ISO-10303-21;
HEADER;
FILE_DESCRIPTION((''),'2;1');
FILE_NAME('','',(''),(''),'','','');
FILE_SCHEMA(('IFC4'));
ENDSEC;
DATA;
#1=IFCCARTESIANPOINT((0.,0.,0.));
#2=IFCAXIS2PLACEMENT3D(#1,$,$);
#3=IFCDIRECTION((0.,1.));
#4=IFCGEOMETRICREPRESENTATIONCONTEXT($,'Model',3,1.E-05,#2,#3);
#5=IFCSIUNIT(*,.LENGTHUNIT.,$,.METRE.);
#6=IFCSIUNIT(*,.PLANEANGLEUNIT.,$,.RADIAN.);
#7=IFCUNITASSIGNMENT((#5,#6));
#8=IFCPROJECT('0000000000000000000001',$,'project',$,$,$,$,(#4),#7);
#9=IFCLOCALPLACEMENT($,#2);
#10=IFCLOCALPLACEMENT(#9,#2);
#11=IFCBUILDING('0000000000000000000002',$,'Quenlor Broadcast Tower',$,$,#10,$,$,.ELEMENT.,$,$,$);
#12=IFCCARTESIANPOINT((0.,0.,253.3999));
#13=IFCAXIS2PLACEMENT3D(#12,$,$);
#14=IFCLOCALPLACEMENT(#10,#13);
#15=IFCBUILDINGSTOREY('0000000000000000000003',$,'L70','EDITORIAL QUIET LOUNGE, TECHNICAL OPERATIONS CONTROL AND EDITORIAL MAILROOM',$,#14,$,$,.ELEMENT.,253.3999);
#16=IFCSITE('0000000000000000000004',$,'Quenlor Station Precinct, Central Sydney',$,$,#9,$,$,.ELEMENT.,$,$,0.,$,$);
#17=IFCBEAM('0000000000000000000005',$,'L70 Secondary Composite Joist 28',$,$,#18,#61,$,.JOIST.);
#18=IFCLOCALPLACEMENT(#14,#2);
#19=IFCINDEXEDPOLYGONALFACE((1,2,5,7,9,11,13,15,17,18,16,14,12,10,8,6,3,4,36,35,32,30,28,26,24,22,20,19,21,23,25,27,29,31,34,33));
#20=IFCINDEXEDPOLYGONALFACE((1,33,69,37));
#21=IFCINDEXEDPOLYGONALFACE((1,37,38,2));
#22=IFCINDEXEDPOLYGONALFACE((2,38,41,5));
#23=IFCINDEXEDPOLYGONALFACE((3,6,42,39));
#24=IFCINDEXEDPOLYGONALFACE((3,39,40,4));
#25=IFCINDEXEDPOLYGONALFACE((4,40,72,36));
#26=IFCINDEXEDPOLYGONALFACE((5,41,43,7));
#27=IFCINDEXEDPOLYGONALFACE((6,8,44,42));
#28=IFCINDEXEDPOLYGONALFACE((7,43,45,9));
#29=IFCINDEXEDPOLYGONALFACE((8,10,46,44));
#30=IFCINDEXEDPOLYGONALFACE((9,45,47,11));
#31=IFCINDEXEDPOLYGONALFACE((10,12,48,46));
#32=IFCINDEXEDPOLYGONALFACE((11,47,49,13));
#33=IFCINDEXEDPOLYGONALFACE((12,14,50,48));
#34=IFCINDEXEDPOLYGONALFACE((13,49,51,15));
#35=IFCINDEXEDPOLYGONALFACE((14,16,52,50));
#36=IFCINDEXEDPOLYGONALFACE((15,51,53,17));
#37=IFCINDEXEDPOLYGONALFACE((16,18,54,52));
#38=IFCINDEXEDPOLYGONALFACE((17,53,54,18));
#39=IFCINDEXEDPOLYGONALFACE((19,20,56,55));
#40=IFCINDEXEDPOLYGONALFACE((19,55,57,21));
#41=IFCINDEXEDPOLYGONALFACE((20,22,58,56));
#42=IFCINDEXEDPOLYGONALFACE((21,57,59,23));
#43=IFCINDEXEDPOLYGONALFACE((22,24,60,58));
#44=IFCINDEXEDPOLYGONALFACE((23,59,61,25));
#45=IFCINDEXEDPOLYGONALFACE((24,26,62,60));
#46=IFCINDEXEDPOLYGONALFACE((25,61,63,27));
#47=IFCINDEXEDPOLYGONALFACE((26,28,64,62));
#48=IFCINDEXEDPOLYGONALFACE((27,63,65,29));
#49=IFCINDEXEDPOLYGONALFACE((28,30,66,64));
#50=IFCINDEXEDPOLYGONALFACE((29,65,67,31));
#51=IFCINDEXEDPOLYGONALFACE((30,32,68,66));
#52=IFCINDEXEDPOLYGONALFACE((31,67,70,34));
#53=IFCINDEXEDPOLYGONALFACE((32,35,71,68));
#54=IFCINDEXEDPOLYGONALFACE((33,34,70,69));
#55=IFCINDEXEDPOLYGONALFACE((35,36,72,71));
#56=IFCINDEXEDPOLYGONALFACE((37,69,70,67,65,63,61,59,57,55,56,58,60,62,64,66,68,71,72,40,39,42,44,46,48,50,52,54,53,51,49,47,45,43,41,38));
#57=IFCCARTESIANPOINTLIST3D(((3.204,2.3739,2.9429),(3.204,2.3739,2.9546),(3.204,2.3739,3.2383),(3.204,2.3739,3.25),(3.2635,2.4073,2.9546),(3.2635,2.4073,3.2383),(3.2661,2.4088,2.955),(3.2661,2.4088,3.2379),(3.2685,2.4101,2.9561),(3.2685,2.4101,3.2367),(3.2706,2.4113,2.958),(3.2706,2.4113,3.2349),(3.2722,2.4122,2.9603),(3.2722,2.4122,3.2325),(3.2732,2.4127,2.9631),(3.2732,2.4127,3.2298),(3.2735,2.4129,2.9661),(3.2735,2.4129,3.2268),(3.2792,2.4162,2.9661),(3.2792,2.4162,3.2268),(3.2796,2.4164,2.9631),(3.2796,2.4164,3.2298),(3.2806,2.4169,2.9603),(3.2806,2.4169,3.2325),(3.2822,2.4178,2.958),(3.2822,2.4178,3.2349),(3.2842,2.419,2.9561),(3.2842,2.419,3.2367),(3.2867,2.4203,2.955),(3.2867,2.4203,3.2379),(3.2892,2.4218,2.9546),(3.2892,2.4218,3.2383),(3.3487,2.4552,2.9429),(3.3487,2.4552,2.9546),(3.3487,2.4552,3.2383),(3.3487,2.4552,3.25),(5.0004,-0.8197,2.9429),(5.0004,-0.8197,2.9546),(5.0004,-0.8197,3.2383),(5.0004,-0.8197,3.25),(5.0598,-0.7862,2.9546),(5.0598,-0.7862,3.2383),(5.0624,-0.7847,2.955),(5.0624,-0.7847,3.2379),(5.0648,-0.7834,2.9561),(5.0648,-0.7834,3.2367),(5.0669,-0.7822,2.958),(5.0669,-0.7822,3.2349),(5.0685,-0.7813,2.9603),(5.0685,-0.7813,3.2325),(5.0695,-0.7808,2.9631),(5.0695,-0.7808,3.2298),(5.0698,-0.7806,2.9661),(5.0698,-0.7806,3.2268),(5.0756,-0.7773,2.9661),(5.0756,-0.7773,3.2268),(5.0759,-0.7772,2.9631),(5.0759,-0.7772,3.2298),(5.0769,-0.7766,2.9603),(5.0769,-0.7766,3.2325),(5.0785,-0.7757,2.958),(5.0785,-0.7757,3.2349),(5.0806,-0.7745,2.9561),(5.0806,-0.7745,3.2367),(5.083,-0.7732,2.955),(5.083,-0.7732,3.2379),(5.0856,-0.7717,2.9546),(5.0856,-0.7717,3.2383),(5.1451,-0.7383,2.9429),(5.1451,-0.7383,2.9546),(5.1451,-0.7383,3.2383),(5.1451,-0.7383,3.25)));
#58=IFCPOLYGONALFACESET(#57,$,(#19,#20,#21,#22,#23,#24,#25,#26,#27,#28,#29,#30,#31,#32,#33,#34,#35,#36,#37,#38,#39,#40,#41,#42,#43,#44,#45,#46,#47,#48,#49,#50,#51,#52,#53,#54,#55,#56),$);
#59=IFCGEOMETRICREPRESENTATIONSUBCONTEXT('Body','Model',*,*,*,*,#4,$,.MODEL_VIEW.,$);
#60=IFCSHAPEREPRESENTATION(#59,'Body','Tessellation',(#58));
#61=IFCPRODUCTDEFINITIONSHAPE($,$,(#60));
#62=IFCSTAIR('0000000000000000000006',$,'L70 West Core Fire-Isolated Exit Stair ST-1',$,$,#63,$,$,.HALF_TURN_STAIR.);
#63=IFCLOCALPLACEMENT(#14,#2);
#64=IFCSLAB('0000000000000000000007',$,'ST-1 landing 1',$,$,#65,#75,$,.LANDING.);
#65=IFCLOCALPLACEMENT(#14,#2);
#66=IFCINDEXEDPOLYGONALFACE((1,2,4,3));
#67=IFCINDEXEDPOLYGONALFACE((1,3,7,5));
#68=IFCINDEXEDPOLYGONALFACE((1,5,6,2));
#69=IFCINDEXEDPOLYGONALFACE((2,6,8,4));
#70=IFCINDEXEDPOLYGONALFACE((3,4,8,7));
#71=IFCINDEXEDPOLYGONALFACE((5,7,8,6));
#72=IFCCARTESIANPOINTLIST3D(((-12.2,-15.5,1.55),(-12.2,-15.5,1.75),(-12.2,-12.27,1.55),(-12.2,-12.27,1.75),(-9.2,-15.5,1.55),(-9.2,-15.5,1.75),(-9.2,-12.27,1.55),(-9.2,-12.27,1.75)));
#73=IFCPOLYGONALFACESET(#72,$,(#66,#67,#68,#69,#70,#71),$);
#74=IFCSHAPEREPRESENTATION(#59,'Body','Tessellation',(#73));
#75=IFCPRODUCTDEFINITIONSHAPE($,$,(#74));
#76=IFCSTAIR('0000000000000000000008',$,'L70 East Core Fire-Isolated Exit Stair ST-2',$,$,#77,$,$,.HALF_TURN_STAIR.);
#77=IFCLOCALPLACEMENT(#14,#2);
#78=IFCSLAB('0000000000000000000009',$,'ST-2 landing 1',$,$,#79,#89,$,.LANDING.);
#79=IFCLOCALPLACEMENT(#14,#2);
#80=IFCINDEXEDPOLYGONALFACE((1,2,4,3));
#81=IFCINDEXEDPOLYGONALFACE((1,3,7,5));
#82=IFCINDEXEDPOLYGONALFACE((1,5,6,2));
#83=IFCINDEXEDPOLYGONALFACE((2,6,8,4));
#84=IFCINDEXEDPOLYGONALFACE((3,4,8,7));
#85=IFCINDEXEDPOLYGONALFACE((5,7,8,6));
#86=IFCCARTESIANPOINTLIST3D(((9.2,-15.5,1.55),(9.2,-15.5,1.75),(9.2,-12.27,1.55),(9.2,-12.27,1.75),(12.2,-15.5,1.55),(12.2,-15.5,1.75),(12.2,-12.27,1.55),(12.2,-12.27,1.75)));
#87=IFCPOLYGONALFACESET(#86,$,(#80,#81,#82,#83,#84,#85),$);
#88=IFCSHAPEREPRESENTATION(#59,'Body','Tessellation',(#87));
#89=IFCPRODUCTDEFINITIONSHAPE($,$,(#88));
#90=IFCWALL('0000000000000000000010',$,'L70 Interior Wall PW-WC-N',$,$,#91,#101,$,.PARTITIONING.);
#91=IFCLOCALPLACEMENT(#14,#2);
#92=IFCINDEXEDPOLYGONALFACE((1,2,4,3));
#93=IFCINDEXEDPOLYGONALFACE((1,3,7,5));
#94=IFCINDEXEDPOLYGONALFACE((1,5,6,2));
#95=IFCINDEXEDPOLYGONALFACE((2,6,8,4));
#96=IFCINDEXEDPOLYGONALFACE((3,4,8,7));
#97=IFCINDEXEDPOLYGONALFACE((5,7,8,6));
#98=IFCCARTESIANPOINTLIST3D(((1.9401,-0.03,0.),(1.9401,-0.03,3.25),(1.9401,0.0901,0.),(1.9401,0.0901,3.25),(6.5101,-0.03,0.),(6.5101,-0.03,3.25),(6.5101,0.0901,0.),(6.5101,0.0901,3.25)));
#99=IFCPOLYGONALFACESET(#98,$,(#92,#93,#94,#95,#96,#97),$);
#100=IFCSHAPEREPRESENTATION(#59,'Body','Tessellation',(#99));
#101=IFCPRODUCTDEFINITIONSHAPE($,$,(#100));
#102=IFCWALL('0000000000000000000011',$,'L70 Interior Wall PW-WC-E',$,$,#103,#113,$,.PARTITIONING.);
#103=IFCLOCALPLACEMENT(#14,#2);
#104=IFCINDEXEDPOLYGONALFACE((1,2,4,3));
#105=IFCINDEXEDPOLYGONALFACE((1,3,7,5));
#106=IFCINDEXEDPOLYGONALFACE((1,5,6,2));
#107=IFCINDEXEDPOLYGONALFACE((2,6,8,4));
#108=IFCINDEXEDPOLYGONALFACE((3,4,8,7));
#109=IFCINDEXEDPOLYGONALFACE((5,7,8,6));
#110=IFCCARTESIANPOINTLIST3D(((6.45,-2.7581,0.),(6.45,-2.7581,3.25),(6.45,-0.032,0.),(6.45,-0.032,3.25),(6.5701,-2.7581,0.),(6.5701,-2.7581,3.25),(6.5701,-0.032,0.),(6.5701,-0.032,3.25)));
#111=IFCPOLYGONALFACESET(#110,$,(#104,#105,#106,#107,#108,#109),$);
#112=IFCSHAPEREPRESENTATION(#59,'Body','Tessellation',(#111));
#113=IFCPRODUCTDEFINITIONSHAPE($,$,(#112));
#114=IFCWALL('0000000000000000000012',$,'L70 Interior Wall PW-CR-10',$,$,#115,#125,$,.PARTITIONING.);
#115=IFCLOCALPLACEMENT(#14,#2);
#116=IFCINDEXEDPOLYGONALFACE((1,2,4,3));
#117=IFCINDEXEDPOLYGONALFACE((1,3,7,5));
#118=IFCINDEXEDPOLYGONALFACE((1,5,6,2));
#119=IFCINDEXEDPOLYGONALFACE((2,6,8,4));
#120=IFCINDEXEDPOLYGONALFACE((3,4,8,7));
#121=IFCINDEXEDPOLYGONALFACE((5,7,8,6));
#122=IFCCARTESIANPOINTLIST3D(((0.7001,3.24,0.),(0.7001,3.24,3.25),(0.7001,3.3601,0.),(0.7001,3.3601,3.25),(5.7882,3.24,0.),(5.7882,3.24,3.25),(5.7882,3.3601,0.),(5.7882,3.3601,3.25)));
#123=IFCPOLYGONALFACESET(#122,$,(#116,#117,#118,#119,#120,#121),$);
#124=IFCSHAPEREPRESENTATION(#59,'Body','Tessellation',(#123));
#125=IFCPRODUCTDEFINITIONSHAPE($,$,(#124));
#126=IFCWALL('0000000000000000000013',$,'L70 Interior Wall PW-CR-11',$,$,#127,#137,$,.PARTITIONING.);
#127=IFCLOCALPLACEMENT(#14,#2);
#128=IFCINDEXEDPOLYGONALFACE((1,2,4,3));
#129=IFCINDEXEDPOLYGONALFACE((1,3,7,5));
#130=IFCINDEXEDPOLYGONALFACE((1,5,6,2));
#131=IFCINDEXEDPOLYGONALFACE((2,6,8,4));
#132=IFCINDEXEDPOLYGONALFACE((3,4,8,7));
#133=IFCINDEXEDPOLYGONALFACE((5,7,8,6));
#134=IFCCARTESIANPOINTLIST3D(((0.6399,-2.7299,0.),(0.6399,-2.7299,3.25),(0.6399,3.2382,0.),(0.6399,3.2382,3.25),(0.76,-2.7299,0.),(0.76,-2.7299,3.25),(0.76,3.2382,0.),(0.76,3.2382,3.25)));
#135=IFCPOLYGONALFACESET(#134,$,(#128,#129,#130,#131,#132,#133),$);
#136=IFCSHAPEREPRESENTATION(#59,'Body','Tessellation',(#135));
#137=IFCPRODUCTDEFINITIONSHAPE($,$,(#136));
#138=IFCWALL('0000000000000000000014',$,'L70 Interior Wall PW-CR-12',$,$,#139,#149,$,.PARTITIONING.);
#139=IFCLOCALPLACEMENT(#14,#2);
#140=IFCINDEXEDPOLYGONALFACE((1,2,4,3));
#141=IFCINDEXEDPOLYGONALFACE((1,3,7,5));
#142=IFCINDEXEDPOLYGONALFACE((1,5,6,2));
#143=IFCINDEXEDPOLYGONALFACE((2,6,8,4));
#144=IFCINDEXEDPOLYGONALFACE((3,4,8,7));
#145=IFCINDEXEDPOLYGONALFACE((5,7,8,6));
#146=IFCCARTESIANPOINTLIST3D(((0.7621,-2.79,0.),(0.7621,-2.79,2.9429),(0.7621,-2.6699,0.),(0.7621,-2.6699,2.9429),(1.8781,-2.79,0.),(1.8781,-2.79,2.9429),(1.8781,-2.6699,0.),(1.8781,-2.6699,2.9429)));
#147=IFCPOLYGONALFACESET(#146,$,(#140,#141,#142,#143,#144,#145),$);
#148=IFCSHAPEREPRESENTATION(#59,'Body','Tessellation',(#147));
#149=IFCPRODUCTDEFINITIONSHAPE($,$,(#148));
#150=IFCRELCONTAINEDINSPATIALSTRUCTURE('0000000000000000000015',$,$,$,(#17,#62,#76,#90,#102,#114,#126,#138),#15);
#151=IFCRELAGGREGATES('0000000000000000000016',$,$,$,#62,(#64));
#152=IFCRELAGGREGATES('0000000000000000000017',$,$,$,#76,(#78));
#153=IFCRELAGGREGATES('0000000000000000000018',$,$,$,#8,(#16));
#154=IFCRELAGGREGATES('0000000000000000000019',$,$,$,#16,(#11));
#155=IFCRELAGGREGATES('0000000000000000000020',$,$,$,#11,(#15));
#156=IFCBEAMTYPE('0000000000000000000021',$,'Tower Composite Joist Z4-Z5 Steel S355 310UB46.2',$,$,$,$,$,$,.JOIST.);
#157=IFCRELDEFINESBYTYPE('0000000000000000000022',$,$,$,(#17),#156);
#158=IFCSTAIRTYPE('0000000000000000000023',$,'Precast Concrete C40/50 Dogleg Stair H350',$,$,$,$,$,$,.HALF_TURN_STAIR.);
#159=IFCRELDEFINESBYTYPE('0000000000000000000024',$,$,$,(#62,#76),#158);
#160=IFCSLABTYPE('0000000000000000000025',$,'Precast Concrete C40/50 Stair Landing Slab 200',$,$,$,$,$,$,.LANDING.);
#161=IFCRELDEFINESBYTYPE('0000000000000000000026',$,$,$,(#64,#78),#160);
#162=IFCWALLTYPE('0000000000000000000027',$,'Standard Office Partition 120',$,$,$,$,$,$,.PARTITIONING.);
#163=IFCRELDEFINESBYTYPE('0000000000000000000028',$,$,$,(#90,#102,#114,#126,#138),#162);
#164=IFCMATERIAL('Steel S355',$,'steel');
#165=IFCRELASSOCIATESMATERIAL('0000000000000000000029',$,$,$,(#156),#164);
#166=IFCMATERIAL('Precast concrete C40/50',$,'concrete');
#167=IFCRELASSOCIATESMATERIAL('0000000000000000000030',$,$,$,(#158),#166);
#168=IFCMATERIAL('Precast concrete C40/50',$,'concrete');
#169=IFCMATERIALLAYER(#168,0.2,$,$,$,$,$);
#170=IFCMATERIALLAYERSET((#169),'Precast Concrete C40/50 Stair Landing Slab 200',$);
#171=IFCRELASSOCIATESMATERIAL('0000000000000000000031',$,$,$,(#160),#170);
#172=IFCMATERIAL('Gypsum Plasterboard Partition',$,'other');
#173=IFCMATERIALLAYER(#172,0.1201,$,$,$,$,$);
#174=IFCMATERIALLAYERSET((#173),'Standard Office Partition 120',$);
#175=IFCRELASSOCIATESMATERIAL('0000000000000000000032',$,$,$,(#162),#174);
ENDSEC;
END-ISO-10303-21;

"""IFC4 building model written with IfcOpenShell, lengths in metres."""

from ifc_helpers import new_model, si_unit, direction, frame, frame_2d, origin, origin_2d, place, context, subcontext, project, spatial, polyline, rectangle, i_section, outline, extrude, material, layer, layer_set, material_profile, profile_set, type_object, element, aggregate, save


model = new_model("IFC4")

# Units and contexts
model_context = context("Model", 3, precision=1e-05, world=origin(), true_north=direction((0.0, 1.0)))
body_context = subcontext(model_context, "Body", "Model", "MODEL_VIEW")
ifc_project = project(units=[si_unit("LENGTHUNIT", "METRE"), si_unit("PLANEANGLEUNIT", "RADIAN")], contexts=[model_context])

# Site, building, storey
site_placement = place(None, origin())
site = spatial("IfcSite", under=ifc_project, at=site_placement, Name="Quenlor Station Precinct, Central Sydney", CompositionType="ELEMENT", RefElevation=0.0)
building_placement = place(site_placement, origin())
building = spatial("IfcBuilding", under=site, at=building_placement, Name="Quenlor Broadcast Tower", CompositionType="ELEMENT")
storey_placement = place(building_placement, frame((0.0, 0.0, 253.3999)))
storey = spatial("IfcBuildingStorey", under=building, at=storey_placement, Name="L70", Description="EDITORIAL QUIET LOUNGE, TECHNICAL OPERATIONS CONTROL AND EDITORIAL MAILROOM", CompositionType="ELEMENT", Elevation=253.3999)

# Beam
ifc_material_1 = material(Name="Steel S355", Category="steel")
ifc_material_profile = material_profile(ifc_material_1, i_section(OverallWidth=0.166, OverallDepth=0.3071, WebThickness=0.0066, FlangeThickness=0.0117, FilletRadius=0.0115, at=origin_2d()))
ifc_profile_set = profile_set([ifc_material_profile], Name="Steel S355 310UB46.2")
beam_type = type_object("IfcBeamType", Name="Tower Composite Joist Z4-Z5 Steel S355 310UB46.2", PredefinedType="JOIST", material=ifc_profile_set)
beam_placement = place(storey_placement, frame((3.2764, 2.4146, 3.0964), z_axis=(0.490258, -0.871577, 0.0), x_axis=(0.871577, 0.490258, 0.0)))
element("IfcBeam", 1, at=beam_placement, inside=storey, type_object=beam_type, Name="L70 Secondary Composite Joist 28", PredefinedType="JOIST", context=body_context, shape_type="SweptSolid", body=[
    extrude(i_section(OverallWidth=0.166, OverallDepth=0.3071, WebThickness=0.0066, FlangeThickness=0.0117, FilletRadius=0.0115, at=origin_2d()), origin(), (0.0, 0.0, 1.0), 3.6641),
])

# Stairs, slabs
ifc_material_2 = material(Name="Precast concrete C40/50", Category="concrete")
stair_type = type_object("IfcStairType", Name="Precast Concrete C40/50 Dogleg Stair H350", PredefinedType="HALF_TURN_STAIR", material=ifc_material_2)
stair_1_placement = place(storey_placement, origin())
stair_1 = element("IfcStair", 2, at=stair_1_placement, inside=storey, type_object=stair_type, Name="L70 West Core Fire-Isolated Exit Stair ST-1", PredefinedType="HALF_TURN_STAIR")
ifc_material_3 = material(Name="Precast concrete C40/50", Category="concrete")
ifc_layer_1 = layer(ifc_material_3, 0.2)
ifc_layer_set_1 = layer_set([ifc_layer_1], Name="Precast Concrete C40/50 Stair Landing Slab 200")
slab_type = type_object("IfcSlabType", Name="Precast Concrete C40/50 Stair Landing Slab 200", PredefinedType="LANDING", material=ifc_layer_set_1)
slab_1_placement = place(storey_placement, frame((0.0, 0.0, 1.55)))
slab_1 = element("IfcSlab", 3, at=slab_1_placement, type_object=slab_type, Name="ST-1 landing 1", PredefinedType="LANDING", context=body_context, shape_type="SweptSolid", body=[
    extrude(outline(polyline([(-12.2, -12.27), (-12.2, -15.5), (-9.2, -15.5), (-9.2, -12.27), (-12.2, -12.27)])), origin(), (0.0, 0.0, 1.0), 0.2),
])
aggregate(stair_1, [slab_1])
stair_2_placement = place(storey_placement, origin())
stair_2 = element("IfcStair", 4, at=stair_2_placement, inside=storey, type_object=stair_type, Name="L70 East Core Fire-Isolated Exit Stair ST-2", PredefinedType="HALF_TURN_STAIR")
slab_2_placement = place(storey_placement, frame((0.0, 0.0, 1.55)))
slab_2 = element("IfcSlab", 5, at=slab_2_placement, type_object=slab_type, Name="ST-2 landing 1", PredefinedType="LANDING", context=body_context, shape_type="SweptSolid", body=[
    extrude(outline(polyline([(9.2, -12.27), (9.2, -15.5), (12.2, -15.5), (12.2, -12.27), (9.2, -12.27)])), origin(), (0.0, 0.0, 1.0), 0.2),
])
aggregate(stair_2, [slab_2])

# Walls
ifc_material_4 = material(Name="Gypsum Plasterboard Partition", Category="other")
ifc_layer_2 = layer(ifc_material_4, 0.1201)
ifc_layer_set_2 = layer_set([ifc_layer_2], Name="Standard Office Partition 120")
wall_type = type_object("IfcWallType", Name="Standard Office Partition 120", PredefinedType="PARTITIONING", material=ifc_layer_set_2)
wall_1_placement = place(storey_placement, frame((1.9399, 0.03, 0.0), z_axis=(0.0, 0.0, 1.0), x_axis=(1.0, 0.0, 0.0)))
element("IfcWall", 6, at=wall_1_placement, inside=storey, type_object=wall_type, Name="L70 Interior Wall PW-WC-N", PredefinedType="PARTITIONING", context=body_context, shape_type="SweptSolid", body=[
    extrude(rectangle(XDim=4.5701, YDim=0.1201, at=frame_2d((2.2852, 0.0))), origin(), (0.0, 0.0, 1.0), 3.25),
])
wall_2_placement = place(storey_placement, frame((6.51, -2.7581, 0.0), z_axis=(0.0, 0.0, 1.0), x_axis=(0.0, 1.0, 0.0)))
element("IfcWall", 7, at=wall_2_placement, inside=storey, type_object=wall_type, Name="L70 Interior Wall PW-WC-E", PredefinedType="PARTITIONING", context=body_context, shape_type="SweptSolid", body=[
    extrude(rectangle(XDim=2.7261, YDim=0.1201, at=frame_2d((1.363, 0.0))), origin(), (0.0, 0.0, 1.0), 3.25),
])
wall_3_placement = place(storey_placement, frame((5.7881, 3.3, 0.0), z_axis=(0.0, 0.0, 1.0), x_axis=(-1.0, 0.0, 0.0)))
element("IfcWall", 8, at=wall_3_placement, inside=storey, type_object=wall_type, Name="L70 Interior Wall PW-CR-10", PredefinedType="PARTITIONING", context=body_context, shape_type="SweptSolid", body=[
    extrude(rectangle(XDim=5.0881, YDim=0.1201, at=frame_2d((2.5439, 0.0))), origin(), (0.0, 0.0, 1.0), 3.25),
])
wall_4_placement = place(storey_placement, frame((0.7, 3.238, 0.0), z_axis=(0.0, 0.0, 1.0), x_axis=(0.0, -1.0, 0.0)))
element("IfcWall", 9, at=wall_4_placement, inside=storey, type_object=wall_type, Name="L70 Interior Wall PW-CR-11", PredefinedType="PARTITIONING", context=body_context, shape_type="SweptSolid", body=[
    extrude(rectangle(XDim=5.968, YDim=0.1201, at=frame_2d((2.9839, 0.0))), origin(), (0.0, 0.0, 1.0), 3.25),
])
wall_5_placement = place(storey_placement, frame((0.762, -2.73, 0.0), z_axis=(0.0, 0.0, 1.0), x_axis=(1.0, 0.0, 0.0)))
element("IfcWall", 10, at=wall_5_placement, inside=storey, type_object=wall_type, Name="L70 Interior Wall PW-CR-12", PredefinedType="PARTITIONING", context=body_context, shape_type="SweptSolid", body=[
    extrude(rectangle(XDim=1.116, YDim=0.1201, at=frame_2d((0.5581, 0.0))), origin(), (0.0, 0.0, 1.0), 2.9429),
])

save(model, "model.ifc")
